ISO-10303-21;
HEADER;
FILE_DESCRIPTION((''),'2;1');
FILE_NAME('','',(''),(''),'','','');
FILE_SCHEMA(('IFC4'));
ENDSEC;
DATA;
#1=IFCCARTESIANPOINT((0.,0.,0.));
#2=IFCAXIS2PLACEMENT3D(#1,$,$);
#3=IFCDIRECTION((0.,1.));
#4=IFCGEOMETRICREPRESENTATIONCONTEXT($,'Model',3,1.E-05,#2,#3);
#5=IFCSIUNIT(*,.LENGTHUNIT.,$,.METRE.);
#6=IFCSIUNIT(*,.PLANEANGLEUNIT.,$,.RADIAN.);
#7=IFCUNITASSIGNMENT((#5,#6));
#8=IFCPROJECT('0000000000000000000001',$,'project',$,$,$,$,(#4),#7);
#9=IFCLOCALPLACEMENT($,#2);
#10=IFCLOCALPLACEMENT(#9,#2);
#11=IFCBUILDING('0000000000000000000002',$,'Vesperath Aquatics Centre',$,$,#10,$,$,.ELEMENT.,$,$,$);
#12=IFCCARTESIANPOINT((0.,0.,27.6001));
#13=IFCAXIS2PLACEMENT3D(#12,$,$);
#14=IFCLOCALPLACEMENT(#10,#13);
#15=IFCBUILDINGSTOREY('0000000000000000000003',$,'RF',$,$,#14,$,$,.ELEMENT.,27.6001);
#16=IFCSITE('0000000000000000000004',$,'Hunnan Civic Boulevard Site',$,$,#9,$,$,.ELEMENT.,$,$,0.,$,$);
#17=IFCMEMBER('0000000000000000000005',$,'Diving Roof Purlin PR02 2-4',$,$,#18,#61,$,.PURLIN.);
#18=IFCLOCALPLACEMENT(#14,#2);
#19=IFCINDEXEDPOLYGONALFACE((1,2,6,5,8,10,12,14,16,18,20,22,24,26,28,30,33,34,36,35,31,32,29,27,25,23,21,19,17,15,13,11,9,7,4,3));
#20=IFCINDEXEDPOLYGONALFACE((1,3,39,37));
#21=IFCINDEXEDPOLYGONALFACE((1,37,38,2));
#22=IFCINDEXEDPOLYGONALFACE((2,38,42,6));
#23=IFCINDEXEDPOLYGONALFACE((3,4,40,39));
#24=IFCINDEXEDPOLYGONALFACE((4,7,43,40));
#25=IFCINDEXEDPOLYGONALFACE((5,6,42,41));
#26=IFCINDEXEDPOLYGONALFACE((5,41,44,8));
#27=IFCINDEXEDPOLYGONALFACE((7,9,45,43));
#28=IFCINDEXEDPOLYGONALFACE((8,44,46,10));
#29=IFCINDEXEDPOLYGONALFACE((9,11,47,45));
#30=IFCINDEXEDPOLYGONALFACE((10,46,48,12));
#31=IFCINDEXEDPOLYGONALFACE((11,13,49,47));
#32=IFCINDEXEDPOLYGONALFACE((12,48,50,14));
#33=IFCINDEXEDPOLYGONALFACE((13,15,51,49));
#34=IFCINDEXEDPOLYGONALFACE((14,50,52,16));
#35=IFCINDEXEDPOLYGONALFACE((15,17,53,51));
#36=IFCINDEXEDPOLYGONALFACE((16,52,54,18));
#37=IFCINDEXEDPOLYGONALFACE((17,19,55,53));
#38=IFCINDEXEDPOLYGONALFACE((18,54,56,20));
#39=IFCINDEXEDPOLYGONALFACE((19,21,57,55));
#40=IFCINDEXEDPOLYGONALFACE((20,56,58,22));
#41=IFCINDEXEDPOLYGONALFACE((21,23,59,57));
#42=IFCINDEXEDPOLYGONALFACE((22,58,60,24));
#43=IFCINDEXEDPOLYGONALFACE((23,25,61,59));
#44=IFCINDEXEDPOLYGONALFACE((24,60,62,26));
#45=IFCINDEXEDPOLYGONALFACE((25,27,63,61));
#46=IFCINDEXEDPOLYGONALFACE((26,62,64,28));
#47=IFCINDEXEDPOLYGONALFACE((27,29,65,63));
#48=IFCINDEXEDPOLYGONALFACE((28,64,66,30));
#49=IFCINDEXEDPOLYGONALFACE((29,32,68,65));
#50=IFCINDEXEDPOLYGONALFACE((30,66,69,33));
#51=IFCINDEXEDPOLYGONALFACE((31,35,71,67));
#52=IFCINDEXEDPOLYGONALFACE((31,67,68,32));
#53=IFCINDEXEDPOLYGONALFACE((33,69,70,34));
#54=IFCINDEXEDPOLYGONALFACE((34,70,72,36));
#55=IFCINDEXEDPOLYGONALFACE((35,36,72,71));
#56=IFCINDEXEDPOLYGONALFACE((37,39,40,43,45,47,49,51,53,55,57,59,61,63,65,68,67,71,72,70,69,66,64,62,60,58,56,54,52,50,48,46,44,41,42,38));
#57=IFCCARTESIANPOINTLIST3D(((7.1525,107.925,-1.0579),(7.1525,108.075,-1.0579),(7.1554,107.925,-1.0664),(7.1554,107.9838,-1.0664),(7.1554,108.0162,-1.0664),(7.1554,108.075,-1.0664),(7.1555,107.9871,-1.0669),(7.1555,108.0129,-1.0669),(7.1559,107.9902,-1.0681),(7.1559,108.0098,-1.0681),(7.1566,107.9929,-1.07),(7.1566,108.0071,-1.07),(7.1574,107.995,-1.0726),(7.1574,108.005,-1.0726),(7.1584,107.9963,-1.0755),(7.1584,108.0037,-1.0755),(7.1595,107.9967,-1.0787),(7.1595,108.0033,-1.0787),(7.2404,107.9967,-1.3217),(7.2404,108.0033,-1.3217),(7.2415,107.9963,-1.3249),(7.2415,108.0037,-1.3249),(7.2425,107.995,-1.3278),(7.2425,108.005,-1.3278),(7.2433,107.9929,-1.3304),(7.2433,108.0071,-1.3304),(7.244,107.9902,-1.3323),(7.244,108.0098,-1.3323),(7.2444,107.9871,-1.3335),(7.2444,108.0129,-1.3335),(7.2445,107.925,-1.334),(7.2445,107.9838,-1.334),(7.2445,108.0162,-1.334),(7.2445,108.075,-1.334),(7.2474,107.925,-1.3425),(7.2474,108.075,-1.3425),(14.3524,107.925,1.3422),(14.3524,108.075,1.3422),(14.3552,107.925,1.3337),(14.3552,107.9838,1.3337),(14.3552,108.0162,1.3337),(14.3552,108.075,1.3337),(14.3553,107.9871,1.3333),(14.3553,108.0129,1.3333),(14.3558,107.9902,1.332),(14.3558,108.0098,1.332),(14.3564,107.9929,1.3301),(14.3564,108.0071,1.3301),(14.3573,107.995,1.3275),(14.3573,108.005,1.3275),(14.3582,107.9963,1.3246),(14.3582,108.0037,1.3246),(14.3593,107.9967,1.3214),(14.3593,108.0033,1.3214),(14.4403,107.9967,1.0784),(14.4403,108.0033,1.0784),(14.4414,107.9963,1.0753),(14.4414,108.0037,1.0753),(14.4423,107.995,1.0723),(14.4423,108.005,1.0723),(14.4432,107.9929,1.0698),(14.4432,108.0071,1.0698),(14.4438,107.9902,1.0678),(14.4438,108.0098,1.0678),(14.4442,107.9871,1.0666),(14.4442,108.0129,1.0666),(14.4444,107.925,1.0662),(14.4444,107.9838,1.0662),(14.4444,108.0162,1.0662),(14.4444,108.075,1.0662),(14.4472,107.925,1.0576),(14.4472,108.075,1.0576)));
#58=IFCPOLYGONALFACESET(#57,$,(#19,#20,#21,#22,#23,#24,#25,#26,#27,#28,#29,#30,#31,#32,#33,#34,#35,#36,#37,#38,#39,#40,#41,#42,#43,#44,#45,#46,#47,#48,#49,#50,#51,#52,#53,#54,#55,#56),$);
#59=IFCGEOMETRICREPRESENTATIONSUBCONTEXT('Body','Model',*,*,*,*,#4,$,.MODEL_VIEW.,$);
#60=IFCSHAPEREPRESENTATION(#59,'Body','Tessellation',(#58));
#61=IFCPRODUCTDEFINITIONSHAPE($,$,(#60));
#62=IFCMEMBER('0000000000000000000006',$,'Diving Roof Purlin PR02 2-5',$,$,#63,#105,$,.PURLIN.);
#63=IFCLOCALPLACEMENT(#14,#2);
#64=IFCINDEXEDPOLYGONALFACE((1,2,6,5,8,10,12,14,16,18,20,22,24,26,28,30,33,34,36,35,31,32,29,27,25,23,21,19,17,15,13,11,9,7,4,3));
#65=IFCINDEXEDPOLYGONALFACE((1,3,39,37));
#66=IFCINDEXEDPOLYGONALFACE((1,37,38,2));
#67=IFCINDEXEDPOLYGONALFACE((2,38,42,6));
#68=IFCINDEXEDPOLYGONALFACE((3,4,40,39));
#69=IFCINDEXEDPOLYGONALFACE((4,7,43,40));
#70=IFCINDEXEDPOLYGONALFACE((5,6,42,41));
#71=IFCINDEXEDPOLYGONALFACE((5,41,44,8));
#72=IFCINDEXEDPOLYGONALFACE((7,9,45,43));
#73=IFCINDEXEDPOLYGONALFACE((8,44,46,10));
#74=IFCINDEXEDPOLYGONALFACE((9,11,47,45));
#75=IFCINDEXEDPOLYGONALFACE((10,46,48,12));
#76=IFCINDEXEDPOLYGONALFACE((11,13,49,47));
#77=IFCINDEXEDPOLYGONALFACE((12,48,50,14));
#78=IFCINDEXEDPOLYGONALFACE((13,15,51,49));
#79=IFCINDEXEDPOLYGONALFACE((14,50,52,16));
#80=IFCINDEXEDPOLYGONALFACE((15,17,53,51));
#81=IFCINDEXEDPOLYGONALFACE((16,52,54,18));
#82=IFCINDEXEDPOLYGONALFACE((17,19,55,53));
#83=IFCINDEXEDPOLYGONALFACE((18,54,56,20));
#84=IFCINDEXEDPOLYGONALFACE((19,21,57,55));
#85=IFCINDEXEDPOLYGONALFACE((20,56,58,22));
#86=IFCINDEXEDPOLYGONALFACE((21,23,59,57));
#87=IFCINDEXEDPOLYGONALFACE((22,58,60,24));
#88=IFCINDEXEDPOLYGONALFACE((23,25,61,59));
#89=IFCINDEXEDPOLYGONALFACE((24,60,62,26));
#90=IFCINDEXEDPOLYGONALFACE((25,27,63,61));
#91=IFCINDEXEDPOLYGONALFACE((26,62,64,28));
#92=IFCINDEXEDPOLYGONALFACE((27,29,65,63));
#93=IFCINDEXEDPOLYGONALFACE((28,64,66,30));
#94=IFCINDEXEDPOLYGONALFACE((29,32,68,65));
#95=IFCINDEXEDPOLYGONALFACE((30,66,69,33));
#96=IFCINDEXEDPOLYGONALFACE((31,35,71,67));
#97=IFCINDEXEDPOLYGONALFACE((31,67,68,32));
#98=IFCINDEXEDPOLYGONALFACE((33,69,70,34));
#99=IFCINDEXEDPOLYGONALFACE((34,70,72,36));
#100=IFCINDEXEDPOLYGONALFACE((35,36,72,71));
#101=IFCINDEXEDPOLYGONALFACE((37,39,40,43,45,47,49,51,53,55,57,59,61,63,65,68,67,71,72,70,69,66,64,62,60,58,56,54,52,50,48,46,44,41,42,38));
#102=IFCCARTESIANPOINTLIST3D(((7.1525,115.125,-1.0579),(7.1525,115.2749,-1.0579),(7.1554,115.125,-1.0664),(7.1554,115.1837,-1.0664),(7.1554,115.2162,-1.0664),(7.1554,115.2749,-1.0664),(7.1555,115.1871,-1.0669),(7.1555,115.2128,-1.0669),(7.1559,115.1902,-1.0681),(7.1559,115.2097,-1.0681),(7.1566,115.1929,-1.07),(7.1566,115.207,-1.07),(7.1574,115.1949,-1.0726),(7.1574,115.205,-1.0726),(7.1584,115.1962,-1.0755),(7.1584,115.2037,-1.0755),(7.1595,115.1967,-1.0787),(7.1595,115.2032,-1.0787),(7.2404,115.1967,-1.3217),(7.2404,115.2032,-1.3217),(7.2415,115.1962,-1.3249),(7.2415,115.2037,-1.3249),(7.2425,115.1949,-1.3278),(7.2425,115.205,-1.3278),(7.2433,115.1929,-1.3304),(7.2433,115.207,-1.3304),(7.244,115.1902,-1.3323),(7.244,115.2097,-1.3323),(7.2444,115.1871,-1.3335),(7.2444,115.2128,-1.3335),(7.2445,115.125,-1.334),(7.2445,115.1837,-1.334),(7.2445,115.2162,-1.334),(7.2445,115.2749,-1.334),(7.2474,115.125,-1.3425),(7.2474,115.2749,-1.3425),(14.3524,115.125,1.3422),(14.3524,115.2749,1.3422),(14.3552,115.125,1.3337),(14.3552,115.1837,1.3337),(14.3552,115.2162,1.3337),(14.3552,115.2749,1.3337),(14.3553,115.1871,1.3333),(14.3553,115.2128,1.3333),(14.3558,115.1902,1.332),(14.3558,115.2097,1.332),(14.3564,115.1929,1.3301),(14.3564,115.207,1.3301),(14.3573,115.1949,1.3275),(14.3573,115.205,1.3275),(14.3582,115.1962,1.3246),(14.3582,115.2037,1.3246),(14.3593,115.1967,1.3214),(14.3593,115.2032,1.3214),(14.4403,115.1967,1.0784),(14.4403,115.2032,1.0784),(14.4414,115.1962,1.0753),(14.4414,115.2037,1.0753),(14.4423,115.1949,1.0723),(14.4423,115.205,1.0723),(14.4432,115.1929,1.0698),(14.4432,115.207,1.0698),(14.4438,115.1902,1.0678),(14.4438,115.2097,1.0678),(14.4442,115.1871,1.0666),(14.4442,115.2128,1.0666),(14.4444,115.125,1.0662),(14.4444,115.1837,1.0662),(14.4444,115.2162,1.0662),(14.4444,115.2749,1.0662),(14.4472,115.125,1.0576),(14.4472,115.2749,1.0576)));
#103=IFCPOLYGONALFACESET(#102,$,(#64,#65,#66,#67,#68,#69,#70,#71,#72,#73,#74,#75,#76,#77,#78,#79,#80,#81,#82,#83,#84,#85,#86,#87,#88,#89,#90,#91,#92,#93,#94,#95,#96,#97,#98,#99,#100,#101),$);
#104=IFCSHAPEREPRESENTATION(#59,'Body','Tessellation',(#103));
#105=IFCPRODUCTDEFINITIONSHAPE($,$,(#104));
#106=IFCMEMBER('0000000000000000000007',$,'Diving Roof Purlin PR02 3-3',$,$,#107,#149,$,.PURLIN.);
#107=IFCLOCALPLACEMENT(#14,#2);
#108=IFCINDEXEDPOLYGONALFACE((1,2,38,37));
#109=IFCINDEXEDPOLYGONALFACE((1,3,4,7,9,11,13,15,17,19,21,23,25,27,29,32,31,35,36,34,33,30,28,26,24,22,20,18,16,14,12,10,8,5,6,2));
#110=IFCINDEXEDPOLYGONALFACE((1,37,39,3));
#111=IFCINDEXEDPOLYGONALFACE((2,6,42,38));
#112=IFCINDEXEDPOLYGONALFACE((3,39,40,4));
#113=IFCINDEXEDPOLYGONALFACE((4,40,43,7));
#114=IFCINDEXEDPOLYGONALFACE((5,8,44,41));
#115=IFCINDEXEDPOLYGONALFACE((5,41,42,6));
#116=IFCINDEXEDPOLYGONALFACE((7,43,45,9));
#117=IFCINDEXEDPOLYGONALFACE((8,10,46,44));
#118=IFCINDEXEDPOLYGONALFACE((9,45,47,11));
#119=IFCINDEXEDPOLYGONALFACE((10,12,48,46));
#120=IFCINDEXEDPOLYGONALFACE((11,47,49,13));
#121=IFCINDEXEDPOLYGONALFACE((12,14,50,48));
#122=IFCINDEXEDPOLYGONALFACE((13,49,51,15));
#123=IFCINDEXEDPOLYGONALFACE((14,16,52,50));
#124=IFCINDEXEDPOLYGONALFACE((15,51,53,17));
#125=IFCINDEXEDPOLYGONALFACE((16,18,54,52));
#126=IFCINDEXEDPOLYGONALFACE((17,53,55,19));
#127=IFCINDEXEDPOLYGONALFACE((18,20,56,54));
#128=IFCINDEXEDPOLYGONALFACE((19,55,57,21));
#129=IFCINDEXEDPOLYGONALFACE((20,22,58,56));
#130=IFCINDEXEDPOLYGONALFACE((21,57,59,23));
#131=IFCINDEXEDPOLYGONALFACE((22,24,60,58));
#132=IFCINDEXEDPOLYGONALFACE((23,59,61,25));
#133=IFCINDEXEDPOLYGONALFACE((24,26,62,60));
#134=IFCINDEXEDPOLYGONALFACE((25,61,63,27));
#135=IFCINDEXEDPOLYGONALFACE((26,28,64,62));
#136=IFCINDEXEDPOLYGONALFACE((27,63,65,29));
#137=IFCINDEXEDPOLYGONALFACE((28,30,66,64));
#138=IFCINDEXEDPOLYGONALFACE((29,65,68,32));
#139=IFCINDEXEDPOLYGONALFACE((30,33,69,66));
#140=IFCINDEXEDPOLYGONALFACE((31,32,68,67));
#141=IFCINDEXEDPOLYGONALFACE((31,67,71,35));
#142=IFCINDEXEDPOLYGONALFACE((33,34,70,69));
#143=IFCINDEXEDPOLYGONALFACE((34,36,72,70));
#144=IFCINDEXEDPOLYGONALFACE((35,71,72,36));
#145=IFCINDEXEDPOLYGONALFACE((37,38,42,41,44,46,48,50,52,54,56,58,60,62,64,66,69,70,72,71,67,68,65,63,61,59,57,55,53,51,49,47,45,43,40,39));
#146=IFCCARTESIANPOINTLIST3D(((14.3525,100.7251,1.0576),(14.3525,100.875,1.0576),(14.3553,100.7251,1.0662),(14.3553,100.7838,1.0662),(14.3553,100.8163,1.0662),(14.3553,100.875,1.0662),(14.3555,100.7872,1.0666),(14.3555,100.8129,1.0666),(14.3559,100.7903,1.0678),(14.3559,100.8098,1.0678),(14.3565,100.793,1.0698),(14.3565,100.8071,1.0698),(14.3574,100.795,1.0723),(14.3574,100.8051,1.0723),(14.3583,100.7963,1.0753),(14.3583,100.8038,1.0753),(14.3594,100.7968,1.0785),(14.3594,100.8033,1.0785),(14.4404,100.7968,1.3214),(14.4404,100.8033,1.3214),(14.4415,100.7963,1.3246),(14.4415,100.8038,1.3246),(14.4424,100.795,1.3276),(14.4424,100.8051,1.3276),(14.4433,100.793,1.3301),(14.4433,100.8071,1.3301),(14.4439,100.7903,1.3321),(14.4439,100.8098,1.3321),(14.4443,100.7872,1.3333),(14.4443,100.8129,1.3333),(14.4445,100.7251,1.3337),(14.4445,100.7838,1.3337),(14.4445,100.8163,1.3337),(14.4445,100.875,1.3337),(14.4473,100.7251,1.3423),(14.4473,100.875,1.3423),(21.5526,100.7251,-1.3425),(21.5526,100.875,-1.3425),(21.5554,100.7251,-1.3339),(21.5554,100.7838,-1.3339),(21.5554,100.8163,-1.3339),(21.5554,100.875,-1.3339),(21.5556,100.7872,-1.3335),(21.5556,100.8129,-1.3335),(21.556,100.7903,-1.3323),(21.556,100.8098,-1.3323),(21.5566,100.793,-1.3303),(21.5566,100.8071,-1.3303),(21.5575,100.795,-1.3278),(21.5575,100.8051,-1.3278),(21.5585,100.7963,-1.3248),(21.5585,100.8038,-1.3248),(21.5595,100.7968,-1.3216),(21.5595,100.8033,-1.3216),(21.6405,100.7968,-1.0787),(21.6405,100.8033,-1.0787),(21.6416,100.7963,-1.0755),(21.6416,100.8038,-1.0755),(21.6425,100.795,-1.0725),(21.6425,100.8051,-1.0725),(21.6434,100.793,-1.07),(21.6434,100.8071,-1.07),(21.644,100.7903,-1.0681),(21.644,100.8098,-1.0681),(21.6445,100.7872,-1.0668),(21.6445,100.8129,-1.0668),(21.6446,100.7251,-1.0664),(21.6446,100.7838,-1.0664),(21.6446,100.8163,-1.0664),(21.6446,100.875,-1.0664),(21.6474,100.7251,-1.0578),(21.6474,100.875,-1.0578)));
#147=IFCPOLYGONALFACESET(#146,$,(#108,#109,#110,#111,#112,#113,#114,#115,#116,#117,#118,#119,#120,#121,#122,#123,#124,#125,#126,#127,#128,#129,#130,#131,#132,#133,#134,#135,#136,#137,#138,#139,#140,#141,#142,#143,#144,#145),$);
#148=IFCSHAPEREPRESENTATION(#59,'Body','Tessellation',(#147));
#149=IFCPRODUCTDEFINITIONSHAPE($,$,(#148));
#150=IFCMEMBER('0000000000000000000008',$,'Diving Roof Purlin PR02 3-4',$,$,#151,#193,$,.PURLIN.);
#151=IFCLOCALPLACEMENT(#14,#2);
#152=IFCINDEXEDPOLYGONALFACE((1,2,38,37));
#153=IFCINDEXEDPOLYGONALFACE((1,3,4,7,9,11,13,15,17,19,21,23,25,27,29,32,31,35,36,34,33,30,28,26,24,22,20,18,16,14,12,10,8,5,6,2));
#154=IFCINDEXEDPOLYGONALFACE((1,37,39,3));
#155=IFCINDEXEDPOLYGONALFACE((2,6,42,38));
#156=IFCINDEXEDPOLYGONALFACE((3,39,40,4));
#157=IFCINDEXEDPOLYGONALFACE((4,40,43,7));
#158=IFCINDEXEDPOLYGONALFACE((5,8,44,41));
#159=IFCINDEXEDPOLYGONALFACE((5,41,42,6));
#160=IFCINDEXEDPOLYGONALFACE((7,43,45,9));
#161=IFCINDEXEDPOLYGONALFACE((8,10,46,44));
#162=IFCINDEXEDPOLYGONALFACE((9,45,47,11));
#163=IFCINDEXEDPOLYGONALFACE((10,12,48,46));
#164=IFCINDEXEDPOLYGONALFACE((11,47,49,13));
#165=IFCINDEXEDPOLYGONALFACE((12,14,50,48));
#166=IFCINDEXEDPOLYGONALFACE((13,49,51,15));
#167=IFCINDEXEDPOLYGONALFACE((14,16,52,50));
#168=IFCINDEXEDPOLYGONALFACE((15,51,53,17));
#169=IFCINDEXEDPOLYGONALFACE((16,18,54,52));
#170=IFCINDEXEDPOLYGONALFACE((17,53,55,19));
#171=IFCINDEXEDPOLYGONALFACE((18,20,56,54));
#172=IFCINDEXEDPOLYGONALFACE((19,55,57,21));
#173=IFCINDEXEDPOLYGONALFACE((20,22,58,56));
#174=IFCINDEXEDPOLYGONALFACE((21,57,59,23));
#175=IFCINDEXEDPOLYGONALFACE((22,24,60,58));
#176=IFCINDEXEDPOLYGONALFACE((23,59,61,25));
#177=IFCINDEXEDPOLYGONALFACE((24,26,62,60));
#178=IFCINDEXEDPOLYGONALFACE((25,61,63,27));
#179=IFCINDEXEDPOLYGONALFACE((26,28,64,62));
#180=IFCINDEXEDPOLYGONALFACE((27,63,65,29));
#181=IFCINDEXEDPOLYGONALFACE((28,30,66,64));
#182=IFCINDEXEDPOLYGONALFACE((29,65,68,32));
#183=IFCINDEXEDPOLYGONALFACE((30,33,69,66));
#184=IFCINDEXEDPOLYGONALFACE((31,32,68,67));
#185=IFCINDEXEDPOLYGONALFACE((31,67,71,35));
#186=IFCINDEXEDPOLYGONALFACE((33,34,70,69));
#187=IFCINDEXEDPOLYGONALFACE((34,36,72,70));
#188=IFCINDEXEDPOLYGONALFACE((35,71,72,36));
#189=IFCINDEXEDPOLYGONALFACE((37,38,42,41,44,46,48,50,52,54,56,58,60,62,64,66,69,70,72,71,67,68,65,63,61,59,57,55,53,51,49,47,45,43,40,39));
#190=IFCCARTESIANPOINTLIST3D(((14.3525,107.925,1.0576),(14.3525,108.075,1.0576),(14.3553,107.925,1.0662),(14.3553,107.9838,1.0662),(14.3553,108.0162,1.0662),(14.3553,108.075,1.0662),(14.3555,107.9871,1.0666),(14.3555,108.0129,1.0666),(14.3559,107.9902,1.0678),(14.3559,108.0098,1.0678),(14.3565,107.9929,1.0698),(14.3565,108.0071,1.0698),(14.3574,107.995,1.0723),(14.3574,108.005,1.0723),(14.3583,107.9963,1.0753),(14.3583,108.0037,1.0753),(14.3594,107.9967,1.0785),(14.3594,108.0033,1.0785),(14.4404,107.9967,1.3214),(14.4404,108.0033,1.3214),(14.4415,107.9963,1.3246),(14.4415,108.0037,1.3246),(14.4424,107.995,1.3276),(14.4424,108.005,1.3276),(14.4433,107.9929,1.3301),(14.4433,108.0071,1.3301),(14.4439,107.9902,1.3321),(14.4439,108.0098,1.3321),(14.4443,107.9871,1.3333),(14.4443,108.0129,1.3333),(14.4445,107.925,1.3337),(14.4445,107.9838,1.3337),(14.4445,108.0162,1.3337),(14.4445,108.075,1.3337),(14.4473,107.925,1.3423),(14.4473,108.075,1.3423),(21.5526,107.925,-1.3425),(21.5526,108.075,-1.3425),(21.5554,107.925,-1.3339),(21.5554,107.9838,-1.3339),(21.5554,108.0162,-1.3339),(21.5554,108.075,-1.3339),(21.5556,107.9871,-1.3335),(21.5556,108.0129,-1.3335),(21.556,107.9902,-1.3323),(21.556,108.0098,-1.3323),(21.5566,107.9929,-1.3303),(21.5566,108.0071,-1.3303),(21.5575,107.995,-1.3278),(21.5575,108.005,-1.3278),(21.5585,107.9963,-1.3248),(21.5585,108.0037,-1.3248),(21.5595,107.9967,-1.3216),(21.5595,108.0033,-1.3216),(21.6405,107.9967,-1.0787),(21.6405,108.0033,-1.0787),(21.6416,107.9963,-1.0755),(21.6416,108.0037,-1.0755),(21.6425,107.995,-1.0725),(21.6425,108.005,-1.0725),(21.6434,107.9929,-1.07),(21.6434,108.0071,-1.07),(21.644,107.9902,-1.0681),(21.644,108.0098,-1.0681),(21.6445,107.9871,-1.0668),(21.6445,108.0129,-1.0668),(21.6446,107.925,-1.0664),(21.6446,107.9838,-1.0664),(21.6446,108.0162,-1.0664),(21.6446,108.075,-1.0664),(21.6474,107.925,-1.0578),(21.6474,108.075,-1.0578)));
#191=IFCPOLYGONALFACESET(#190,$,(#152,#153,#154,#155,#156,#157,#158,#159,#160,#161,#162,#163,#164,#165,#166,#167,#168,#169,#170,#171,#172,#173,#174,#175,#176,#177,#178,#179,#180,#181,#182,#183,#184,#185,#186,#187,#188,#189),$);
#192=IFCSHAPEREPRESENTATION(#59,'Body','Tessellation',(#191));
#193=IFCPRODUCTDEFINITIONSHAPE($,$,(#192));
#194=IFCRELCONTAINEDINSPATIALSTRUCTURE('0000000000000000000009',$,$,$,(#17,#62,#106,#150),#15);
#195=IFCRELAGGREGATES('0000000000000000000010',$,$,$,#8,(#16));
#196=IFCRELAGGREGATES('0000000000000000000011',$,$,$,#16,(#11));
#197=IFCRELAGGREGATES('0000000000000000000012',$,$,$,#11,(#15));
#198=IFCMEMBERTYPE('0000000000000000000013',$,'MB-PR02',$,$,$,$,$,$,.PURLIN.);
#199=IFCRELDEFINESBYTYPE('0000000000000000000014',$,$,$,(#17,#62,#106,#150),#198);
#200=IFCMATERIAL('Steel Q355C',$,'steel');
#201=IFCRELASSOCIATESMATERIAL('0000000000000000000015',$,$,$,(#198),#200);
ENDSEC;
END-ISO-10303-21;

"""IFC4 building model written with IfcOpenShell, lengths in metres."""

from ifc_helpers import new_model, si_unit, direction, frame, origin, origin_2d, place, context, subcontext, project, spatial, i_section, extrude, material, material_profile, profile_set, type_object, element, save


model = new_model("IFC4")

# Units and contexts
model_context = context("Model", 3, precision=1e-05, world=origin(), true_north=direction((0.0, 1.0)))
body_context = subcontext(model_context, "Body", "Model", "MODEL_VIEW")
ifc_project = project(units=[si_unit("LENGTHUNIT", "METRE"), si_unit("PLANEANGLEUNIT", "RADIAN")], contexts=[model_context])

# Site, building, storey
site_placement = place(None, origin())
site = spatial("IfcSite", under=ifc_project, at=site_placement, Name="Hunnan Civic Boulevard Site", CompositionType="ELEMENT", RefElevation=0.0)
building_placement = place(site_placement, origin())
building = spatial("IfcBuilding", under=site, at=building_placement, Name="Vesperath Aquatics Centre", CompositionType="ELEMENT")
storey_placement = place(building_placement, frame((0.0, 0.0, 27.6001)))
storey = spatial("IfcBuildingStorey", under=building, at=storey_placement, Name="RF", CompositionType="ELEMENT", Elevation=27.6001)

# Shared definitions
ifc_material_1 = material(Name="Steel Q355C", Category="steel")

# Members
ifc_material_profile_1 = material_profile(ifc_material_1, i_section(OverallWidth=0.1499, OverallDepth=0.3, WebThickness=0.0066, FlangeThickness=0.009, FilletRadius=0.0129, at=origin_2d()), Name="HN 300x150x6.5x9")
ifc_profile_set_1 = profile_set([ifc_material_profile_1], Name="Steel Q355C")
member_type_1 = type_object("IfcMemberType", Name="MB-PR02", PredefinedType="PURLIN", material=ifc_profile_set_1)
for number, where, z_axis, x_axis, name in (
    (1, (7.2, 108.0, -1.2002), (0.948677, 0.0, 0.316247), (0.0, 1.0, 0.0), "Diving Roof Purlin PR02 2-4"),
    (2, (7.2, 115.2, -1.2002), (0.948677, 0.0, 0.316247), (0.0, 1.0, 0.0), "Diving Roof Purlin PR02 2-5"),
):
    element("IfcMember", number, at=place(storey_placement, frame(where, z_axis=z_axis, x_axis=x_axis)), inside=storey, type_object=member_type_1, Name=name, PredefinedType="PURLIN", context=body_context, shape_type="SweptSolid", body=[
        extrude(i_section(OverallWidth=0.1499, OverallDepth=0.3, WebThickness=0.0066, FlangeThickness=0.009, FilletRadius=0.0129, at=origin_2d()), origin(), (0.0, 0.0, 1.0), 7.5894),
    ])
for number, where, z_axis, x_axis, name in (
    (3, (14.3999, 100.8, 1.2), (0.94868, 0.0, -0.316237), (0.0, 1.0, 0.0), "Diving Roof Purlin PR02 3-3"),
    (4, (14.3999, 108.0, 1.2), (0.94868, 0.0, -0.316237), (0.0, 1.0, 0.0), "Diving Roof Purlin PR02 3-4"),
):
    element("IfcMember", number, at=place(storey_placement, frame(where, z_axis=z_axis, x_axis=x_axis)), inside=storey, type_object=member_type_1, Name=name, PredefinedType="PURLIN", context=body_context, shape_type="SweptSolid", body=[
        extrude(i_section(OverallWidth=0.1499, OverallDepth=0.3, WebThickness=0.0066, FlangeThickness=0.009, FilletRadius=0.0129, at=origin_2d()), origin(), (0.0, 0.0, 1.0), 7.5896),
    ])

save(model, "model.ifc")
